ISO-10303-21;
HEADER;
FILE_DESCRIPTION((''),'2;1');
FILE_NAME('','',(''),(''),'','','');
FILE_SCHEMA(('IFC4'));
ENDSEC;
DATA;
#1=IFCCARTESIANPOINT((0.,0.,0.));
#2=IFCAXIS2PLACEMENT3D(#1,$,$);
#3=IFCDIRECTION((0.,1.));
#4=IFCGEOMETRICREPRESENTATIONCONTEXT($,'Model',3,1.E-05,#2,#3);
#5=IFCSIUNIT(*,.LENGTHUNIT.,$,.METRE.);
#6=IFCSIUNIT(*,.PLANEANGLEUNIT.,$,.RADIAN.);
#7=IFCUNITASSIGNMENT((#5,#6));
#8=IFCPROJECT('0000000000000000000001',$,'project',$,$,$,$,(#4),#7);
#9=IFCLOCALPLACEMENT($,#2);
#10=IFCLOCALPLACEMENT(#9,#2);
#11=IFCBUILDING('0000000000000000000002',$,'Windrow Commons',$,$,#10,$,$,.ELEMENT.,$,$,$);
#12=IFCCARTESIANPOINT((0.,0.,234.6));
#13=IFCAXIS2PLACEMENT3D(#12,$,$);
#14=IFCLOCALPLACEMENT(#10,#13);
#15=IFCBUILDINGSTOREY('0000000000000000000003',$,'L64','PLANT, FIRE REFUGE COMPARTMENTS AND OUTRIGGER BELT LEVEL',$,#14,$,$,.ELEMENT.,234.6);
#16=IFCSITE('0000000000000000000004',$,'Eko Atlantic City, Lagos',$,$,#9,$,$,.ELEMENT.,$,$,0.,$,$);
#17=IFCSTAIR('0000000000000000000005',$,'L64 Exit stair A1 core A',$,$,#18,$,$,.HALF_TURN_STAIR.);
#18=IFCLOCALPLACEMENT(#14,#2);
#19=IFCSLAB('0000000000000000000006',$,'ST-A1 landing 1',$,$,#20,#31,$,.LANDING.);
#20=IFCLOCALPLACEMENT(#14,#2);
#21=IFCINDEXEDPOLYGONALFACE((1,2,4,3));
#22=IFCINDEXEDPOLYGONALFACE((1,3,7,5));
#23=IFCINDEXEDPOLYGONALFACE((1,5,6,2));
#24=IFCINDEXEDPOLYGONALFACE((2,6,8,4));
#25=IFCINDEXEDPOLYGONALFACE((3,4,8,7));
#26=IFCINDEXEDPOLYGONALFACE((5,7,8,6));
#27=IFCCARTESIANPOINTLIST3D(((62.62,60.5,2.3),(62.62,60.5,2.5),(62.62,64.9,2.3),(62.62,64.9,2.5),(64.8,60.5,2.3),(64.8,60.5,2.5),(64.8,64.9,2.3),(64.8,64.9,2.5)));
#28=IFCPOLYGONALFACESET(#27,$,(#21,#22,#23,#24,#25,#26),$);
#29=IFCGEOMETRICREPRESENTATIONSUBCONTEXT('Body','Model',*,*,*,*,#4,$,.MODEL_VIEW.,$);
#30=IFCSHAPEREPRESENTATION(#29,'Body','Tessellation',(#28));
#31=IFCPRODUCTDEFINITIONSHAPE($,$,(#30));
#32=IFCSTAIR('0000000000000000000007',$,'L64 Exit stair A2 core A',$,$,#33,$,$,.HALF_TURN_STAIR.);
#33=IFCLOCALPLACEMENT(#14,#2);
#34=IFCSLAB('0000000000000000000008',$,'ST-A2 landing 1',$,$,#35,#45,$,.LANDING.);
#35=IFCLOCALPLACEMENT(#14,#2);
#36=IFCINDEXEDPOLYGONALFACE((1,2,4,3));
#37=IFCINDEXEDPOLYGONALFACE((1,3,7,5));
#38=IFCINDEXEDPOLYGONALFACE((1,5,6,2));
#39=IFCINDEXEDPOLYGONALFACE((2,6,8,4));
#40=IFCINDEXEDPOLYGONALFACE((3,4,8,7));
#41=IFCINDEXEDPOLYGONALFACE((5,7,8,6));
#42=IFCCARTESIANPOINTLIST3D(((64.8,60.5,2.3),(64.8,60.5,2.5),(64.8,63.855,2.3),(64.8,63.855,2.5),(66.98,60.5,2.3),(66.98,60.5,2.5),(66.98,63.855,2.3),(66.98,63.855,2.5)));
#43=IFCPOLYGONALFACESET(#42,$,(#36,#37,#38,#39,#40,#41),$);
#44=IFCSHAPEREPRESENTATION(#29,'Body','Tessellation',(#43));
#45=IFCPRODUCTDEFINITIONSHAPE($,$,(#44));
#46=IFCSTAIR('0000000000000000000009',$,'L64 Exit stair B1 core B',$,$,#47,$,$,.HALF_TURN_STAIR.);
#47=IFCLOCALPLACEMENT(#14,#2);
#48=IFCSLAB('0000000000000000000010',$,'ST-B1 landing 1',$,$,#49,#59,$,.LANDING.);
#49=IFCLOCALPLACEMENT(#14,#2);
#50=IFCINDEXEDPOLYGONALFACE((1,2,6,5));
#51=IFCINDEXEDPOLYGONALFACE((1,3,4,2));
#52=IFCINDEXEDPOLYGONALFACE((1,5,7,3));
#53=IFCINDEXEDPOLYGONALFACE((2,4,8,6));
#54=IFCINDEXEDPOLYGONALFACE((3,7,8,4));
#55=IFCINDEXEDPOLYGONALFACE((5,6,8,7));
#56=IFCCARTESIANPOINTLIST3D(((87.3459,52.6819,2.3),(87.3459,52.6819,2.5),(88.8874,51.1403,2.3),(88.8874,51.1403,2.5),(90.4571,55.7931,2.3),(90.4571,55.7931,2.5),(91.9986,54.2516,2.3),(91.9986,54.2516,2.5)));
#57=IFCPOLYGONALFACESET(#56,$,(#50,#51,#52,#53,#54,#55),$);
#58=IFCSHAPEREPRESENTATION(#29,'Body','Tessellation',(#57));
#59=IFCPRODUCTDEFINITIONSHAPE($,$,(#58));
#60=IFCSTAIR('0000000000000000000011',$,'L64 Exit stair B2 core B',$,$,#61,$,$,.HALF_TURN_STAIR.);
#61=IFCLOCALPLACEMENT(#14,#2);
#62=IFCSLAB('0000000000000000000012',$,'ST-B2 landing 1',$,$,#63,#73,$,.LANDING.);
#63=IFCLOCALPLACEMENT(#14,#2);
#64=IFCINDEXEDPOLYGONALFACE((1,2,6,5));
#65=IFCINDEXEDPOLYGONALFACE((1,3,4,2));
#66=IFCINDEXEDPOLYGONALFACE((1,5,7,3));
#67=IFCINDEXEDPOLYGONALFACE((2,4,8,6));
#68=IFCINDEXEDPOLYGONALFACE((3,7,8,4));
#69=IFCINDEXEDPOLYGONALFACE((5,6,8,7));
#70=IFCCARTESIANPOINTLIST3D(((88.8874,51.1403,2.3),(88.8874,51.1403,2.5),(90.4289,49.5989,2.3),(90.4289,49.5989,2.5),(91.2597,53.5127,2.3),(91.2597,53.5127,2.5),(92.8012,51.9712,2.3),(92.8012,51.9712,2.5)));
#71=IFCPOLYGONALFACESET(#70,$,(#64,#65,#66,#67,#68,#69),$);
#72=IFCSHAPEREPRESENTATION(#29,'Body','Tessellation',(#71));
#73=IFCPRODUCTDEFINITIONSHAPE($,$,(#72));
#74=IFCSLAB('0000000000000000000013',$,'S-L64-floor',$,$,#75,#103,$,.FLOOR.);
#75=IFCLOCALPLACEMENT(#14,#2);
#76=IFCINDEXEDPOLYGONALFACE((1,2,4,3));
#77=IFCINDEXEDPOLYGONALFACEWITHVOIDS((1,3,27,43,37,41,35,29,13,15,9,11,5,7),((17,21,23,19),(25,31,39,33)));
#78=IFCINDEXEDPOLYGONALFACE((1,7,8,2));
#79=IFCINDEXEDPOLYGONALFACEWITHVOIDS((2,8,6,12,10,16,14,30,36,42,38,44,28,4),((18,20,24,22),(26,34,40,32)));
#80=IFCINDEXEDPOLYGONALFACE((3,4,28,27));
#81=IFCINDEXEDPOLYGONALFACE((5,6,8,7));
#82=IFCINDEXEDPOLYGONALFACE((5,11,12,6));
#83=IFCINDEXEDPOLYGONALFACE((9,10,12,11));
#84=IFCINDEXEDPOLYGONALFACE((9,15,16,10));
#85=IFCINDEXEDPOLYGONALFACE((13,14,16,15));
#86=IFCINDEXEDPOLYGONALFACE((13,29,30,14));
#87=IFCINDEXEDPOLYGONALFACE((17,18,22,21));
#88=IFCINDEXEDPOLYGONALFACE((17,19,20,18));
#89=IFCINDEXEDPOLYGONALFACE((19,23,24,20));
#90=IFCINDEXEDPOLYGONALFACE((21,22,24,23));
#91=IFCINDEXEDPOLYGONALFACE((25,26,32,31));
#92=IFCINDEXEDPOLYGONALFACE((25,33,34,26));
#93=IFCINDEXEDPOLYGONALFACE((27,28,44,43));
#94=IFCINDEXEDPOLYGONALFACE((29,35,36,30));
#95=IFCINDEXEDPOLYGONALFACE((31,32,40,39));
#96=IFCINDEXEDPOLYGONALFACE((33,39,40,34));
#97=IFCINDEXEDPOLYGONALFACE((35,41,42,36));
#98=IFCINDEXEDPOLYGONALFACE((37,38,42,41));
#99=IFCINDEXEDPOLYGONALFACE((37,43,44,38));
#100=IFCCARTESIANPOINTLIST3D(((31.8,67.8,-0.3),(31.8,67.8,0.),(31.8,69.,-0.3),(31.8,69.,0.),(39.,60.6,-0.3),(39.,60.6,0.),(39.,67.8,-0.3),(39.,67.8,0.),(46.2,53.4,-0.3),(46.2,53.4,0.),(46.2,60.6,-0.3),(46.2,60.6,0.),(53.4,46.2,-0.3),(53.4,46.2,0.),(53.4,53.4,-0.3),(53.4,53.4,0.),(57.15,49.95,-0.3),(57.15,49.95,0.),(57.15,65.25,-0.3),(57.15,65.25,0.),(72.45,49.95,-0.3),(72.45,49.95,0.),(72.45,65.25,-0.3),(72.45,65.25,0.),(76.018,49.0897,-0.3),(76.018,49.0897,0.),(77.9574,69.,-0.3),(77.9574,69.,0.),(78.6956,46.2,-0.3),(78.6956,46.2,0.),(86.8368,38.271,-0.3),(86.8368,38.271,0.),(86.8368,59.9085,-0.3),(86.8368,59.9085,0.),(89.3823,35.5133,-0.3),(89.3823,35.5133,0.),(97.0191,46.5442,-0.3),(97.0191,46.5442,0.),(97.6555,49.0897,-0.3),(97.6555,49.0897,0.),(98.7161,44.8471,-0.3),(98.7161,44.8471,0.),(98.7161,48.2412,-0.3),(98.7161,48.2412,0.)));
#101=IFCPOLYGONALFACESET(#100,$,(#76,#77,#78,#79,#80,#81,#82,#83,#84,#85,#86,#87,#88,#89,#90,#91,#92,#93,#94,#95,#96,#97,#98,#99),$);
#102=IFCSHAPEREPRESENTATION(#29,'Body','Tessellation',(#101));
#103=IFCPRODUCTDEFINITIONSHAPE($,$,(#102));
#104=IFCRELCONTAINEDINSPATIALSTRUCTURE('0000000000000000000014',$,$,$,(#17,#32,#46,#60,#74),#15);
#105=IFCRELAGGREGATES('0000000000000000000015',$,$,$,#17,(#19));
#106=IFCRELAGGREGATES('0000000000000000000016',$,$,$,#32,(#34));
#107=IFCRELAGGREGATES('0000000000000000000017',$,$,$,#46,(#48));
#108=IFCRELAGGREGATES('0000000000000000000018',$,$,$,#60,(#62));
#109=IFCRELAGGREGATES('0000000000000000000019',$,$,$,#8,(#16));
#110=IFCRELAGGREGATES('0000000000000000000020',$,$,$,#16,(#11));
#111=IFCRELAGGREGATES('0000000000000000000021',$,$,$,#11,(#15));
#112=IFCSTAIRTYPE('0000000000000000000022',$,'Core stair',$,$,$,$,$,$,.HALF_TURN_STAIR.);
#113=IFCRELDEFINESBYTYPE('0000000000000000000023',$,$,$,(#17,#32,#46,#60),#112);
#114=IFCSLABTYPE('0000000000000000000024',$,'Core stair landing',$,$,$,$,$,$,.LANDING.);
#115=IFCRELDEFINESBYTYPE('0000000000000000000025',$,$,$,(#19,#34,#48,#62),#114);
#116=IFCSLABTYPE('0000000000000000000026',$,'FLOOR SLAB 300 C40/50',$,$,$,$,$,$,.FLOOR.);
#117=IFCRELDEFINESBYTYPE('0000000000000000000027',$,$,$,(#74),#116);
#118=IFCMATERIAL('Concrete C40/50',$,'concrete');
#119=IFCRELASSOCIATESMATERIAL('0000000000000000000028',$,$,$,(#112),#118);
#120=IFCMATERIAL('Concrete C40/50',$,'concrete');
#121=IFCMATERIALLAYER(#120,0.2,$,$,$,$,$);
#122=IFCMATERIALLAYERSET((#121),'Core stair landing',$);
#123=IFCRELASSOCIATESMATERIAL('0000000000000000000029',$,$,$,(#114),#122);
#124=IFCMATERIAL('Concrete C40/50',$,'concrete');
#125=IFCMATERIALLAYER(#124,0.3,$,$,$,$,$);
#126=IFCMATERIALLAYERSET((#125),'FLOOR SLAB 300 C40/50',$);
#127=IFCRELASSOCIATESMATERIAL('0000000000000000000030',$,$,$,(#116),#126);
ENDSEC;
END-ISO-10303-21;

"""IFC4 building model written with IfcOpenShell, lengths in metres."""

from ifc_helpers import new_model, si_unit, direction, frame, origin, place, context, subcontext, project, spatial, polyline, outline, extrude, material, layer, layer_set, type_object, element, aggregate, save


model = new_model("IFC4")

# Units and contexts
model_context = context("Model", 3, precision=1e-05, world=origin(), true_north=direction((0.0, 1.0)))
body_context = subcontext(model_context, "Body", "Model", "MODEL_VIEW")
ifc_project = project(units=[si_unit("LENGTHUNIT", "METRE"), si_unit("PLANEANGLEUNIT", "RADIAN")], contexts=[model_context])

# Site, building, storey
site_placement = place(None, origin())
building_placement = place(site_placement, origin())
storey_placement = place(building_placement, frame((0.0, 0.0, 234.6)))
site = spatial("IfcSite", under=ifc_project, at=site_placement, Name="Eko Atlantic City, Lagos", CompositionType="ELEMENT", RefElevation=0.0)
building = spatial("IfcBuilding", under=site, at=building_placement, Name="Windrow Commons", CompositionType="ELEMENT")
storey = spatial("IfcBuildingStorey", under=building, at=storey_placement, Name="L64", Description="PLANT, FIRE REFUGE COMPARTMENTS AND OUTRIGGER BELT LEVEL", CompositionType="ELEMENT", Elevation=234.6)

# Shared definitions
placement_1 = place(storey_placement, frame((0.0, 0.0, -0.3)))

# Stairs, slabs
ifc_material_1 = material(Name="Concrete C40/50", Category="concrete")
stair_type = type_object("IfcStairType", Name="Core stair", PredefinedType="HALF_TURN_STAIR", material=ifc_material_1)
placement_2 = place(storey_placement, origin())
stair_1 = element("IfcStair", 1, at=placement_2, inside=storey, type_object=stair_type, Name="L64 Exit stair A1 core A", PredefinedType="HALF_TURN_STAIR")
ifc_material_2 = material(Name="Concrete C40/50", Category="concrete")
ifc_layer_1 = layer(ifc_material_2, 0.2)
ifc_layer_set_1 = layer_set([ifc_layer_1], Name="Core stair landing")
slab_type_1 = type_object("IfcSlabType", Name="Core stair landing", PredefinedType="LANDING", material=ifc_layer_set_1)
placement_3 = place(storey_placement, frame((0.0, 0.0, 2.3)))
slab_1 = element("IfcSlab", 2, at=placement_3, type_object=slab_type_1, Name="ST-A1 landing 1", PredefinedType="LANDING", context=body_context, shape_type="SweptSolid", body=[
    extrude(outline(polyline([(62.62, 60.5), (64.8, 60.5), (64.8, 64.9), (62.62, 64.9), (62.62, 60.5)])), origin(), (0.0, 0.0, 1.0), 0.2),
])
aggregate(stair_1, [slab_1])
stair_2 = element("IfcStair", 3, at=placement_2, inside=storey, type_object=stair_type, Name="L64 Exit stair A2 core A", PredefinedType="HALF_TURN_STAIR")
slab_2 = element("IfcSlab", 4, at=placement_3, type_object=slab_type_1, Name="ST-A2 landing 1", PredefinedType="LANDING", context=body_context, shape_type="SweptSolid", body=[
    extrude(outline(polyline([(64.8, 60.5), (66.98, 60.5), (66.98, 63.855), (64.8, 63.855), (64.8, 60.5)])), origin(), (0.0, 0.0, 1.0), 0.2),
])
aggregate(stair_2, [slab_2])
stair_3 = element("IfcStair", 5, at=placement_2, inside=storey, type_object=stair_type, Name="L64 Exit stair B1 core B", PredefinedType="HALF_TURN_STAIR")
slab_3 = element("IfcSlab", 6, at=placement_3, type_object=slab_type_1, Name="ST-B1 landing 1", PredefinedType="LANDING", context=body_context, shape_type="SweptSolid", body=[
    extrude(outline(polyline([(87.3459, 52.6819), (88.8874, 51.1403), (91.9986, 54.2516), (90.4571, 55.7931), (87.3459, 52.6819)])), origin(), (0.0, 0.0, 1.0), 0.2),
])
aggregate(stair_3, [slab_3])
stair_4 = element("IfcStair", 7, at=placement_2, inside=storey, type_object=stair_type, Name="L64 Exit stair B2 core B", PredefinedType="HALF_TURN_STAIR")
slab_4 = element("IfcSlab", 8, at=placement_3, type_object=slab_type_1, Name="ST-B2 landing 1", PredefinedType="LANDING", context=body_context, shape_type="SweptSolid", body=[
    extrude(outline(polyline([(88.8874, 51.1403), (90.4289, 49.5989), (92.8012, 51.9712), (91.2597, 53.5127), (88.8874, 51.1403)])), origin(), (0.0, 0.0, 1.0), 0.2),
])
aggregate(stair_4, [slab_4])

# Slab, openings
ifc_material_3 = material(Name="Concrete C40/50", Category="concrete")
ifc_layer_2 = layer(ifc_material_3, 0.3)
ifc_layer_set_2 = layer_set([ifc_layer_2], Name="FLOOR SLAB 300 C40/50")
slab_type_2 = type_object("IfcSlabType", Name="FLOOR SLAB 300 C40/50", PredefinedType="FLOOR", material=ifc_layer_set_2)
slab_5 = element("IfcSlab", 9, at=placement_1, inside=storey, type_object=slab_type_2, Name="S-L64-floor", PredefinedType="FLOOR", context=body_context, shape_type="SweptSolid", body=[
    extrude(outline(polyline([(89.3823, 35.5133), (98.7161, 44.8471), (97.0191, 46.5442), (98.7161, 48.2412), (77.9574, 69.0), (31.8, 69.0), (31.8, 67.8), (39.0, 67.8), (39.0, 60.6), (46.2, 60.6), (46.2, 53.4), (53.4, 53.4), (53.4, 46.2), (78.6956, 46.2), (89.3823, 35.5133)]), holes=[polyline([(76.018, 49.0897), (86.8368, 59.9085), (97.6555, 49.0897), (86.8368, 38.271), (76.018, 49.0897)]), polyline([(57.15, 49.95), (57.15, 65.25), (72.45, 65.25), (72.45, 49.95), (57.15, 49.95)])]), origin(), (0.0, 0.0, 1.0), 0.3),
])
opening_1_placement = place(placement_1, origin())
element("IfcOpeningElement", 10, at=opening_1_placement, cuts=slab_5, PredefinedType="OPENING", context=body_context, shape_type="SweptSolid", body=[
    extrude(outline(polyline([(76.0251, 49.0897), (86.8368, 59.9014), (97.6484, 49.0897), (86.8368, 38.2781), (76.0251, 49.0897)])), origin(), (0.0, 0.0, 1.0), 0.3),
])
opening_2_placement = place(placement_1, origin())
element("IfcOpeningElement", 11, at=opening_2_placement, cuts=slab_5, PredefinedType="OPENING", context=body_context, shape_type="SweptSolid", body=[
    extrude(outline(polyline([(57.155, 49.955), (57.155, 65.245), (72.445, 65.245), (72.445, 49.955), (57.155, 49.955)])), origin(), (0.0, 0.0, 1.0), 0.3),
])

save(model, "model.ifc")
